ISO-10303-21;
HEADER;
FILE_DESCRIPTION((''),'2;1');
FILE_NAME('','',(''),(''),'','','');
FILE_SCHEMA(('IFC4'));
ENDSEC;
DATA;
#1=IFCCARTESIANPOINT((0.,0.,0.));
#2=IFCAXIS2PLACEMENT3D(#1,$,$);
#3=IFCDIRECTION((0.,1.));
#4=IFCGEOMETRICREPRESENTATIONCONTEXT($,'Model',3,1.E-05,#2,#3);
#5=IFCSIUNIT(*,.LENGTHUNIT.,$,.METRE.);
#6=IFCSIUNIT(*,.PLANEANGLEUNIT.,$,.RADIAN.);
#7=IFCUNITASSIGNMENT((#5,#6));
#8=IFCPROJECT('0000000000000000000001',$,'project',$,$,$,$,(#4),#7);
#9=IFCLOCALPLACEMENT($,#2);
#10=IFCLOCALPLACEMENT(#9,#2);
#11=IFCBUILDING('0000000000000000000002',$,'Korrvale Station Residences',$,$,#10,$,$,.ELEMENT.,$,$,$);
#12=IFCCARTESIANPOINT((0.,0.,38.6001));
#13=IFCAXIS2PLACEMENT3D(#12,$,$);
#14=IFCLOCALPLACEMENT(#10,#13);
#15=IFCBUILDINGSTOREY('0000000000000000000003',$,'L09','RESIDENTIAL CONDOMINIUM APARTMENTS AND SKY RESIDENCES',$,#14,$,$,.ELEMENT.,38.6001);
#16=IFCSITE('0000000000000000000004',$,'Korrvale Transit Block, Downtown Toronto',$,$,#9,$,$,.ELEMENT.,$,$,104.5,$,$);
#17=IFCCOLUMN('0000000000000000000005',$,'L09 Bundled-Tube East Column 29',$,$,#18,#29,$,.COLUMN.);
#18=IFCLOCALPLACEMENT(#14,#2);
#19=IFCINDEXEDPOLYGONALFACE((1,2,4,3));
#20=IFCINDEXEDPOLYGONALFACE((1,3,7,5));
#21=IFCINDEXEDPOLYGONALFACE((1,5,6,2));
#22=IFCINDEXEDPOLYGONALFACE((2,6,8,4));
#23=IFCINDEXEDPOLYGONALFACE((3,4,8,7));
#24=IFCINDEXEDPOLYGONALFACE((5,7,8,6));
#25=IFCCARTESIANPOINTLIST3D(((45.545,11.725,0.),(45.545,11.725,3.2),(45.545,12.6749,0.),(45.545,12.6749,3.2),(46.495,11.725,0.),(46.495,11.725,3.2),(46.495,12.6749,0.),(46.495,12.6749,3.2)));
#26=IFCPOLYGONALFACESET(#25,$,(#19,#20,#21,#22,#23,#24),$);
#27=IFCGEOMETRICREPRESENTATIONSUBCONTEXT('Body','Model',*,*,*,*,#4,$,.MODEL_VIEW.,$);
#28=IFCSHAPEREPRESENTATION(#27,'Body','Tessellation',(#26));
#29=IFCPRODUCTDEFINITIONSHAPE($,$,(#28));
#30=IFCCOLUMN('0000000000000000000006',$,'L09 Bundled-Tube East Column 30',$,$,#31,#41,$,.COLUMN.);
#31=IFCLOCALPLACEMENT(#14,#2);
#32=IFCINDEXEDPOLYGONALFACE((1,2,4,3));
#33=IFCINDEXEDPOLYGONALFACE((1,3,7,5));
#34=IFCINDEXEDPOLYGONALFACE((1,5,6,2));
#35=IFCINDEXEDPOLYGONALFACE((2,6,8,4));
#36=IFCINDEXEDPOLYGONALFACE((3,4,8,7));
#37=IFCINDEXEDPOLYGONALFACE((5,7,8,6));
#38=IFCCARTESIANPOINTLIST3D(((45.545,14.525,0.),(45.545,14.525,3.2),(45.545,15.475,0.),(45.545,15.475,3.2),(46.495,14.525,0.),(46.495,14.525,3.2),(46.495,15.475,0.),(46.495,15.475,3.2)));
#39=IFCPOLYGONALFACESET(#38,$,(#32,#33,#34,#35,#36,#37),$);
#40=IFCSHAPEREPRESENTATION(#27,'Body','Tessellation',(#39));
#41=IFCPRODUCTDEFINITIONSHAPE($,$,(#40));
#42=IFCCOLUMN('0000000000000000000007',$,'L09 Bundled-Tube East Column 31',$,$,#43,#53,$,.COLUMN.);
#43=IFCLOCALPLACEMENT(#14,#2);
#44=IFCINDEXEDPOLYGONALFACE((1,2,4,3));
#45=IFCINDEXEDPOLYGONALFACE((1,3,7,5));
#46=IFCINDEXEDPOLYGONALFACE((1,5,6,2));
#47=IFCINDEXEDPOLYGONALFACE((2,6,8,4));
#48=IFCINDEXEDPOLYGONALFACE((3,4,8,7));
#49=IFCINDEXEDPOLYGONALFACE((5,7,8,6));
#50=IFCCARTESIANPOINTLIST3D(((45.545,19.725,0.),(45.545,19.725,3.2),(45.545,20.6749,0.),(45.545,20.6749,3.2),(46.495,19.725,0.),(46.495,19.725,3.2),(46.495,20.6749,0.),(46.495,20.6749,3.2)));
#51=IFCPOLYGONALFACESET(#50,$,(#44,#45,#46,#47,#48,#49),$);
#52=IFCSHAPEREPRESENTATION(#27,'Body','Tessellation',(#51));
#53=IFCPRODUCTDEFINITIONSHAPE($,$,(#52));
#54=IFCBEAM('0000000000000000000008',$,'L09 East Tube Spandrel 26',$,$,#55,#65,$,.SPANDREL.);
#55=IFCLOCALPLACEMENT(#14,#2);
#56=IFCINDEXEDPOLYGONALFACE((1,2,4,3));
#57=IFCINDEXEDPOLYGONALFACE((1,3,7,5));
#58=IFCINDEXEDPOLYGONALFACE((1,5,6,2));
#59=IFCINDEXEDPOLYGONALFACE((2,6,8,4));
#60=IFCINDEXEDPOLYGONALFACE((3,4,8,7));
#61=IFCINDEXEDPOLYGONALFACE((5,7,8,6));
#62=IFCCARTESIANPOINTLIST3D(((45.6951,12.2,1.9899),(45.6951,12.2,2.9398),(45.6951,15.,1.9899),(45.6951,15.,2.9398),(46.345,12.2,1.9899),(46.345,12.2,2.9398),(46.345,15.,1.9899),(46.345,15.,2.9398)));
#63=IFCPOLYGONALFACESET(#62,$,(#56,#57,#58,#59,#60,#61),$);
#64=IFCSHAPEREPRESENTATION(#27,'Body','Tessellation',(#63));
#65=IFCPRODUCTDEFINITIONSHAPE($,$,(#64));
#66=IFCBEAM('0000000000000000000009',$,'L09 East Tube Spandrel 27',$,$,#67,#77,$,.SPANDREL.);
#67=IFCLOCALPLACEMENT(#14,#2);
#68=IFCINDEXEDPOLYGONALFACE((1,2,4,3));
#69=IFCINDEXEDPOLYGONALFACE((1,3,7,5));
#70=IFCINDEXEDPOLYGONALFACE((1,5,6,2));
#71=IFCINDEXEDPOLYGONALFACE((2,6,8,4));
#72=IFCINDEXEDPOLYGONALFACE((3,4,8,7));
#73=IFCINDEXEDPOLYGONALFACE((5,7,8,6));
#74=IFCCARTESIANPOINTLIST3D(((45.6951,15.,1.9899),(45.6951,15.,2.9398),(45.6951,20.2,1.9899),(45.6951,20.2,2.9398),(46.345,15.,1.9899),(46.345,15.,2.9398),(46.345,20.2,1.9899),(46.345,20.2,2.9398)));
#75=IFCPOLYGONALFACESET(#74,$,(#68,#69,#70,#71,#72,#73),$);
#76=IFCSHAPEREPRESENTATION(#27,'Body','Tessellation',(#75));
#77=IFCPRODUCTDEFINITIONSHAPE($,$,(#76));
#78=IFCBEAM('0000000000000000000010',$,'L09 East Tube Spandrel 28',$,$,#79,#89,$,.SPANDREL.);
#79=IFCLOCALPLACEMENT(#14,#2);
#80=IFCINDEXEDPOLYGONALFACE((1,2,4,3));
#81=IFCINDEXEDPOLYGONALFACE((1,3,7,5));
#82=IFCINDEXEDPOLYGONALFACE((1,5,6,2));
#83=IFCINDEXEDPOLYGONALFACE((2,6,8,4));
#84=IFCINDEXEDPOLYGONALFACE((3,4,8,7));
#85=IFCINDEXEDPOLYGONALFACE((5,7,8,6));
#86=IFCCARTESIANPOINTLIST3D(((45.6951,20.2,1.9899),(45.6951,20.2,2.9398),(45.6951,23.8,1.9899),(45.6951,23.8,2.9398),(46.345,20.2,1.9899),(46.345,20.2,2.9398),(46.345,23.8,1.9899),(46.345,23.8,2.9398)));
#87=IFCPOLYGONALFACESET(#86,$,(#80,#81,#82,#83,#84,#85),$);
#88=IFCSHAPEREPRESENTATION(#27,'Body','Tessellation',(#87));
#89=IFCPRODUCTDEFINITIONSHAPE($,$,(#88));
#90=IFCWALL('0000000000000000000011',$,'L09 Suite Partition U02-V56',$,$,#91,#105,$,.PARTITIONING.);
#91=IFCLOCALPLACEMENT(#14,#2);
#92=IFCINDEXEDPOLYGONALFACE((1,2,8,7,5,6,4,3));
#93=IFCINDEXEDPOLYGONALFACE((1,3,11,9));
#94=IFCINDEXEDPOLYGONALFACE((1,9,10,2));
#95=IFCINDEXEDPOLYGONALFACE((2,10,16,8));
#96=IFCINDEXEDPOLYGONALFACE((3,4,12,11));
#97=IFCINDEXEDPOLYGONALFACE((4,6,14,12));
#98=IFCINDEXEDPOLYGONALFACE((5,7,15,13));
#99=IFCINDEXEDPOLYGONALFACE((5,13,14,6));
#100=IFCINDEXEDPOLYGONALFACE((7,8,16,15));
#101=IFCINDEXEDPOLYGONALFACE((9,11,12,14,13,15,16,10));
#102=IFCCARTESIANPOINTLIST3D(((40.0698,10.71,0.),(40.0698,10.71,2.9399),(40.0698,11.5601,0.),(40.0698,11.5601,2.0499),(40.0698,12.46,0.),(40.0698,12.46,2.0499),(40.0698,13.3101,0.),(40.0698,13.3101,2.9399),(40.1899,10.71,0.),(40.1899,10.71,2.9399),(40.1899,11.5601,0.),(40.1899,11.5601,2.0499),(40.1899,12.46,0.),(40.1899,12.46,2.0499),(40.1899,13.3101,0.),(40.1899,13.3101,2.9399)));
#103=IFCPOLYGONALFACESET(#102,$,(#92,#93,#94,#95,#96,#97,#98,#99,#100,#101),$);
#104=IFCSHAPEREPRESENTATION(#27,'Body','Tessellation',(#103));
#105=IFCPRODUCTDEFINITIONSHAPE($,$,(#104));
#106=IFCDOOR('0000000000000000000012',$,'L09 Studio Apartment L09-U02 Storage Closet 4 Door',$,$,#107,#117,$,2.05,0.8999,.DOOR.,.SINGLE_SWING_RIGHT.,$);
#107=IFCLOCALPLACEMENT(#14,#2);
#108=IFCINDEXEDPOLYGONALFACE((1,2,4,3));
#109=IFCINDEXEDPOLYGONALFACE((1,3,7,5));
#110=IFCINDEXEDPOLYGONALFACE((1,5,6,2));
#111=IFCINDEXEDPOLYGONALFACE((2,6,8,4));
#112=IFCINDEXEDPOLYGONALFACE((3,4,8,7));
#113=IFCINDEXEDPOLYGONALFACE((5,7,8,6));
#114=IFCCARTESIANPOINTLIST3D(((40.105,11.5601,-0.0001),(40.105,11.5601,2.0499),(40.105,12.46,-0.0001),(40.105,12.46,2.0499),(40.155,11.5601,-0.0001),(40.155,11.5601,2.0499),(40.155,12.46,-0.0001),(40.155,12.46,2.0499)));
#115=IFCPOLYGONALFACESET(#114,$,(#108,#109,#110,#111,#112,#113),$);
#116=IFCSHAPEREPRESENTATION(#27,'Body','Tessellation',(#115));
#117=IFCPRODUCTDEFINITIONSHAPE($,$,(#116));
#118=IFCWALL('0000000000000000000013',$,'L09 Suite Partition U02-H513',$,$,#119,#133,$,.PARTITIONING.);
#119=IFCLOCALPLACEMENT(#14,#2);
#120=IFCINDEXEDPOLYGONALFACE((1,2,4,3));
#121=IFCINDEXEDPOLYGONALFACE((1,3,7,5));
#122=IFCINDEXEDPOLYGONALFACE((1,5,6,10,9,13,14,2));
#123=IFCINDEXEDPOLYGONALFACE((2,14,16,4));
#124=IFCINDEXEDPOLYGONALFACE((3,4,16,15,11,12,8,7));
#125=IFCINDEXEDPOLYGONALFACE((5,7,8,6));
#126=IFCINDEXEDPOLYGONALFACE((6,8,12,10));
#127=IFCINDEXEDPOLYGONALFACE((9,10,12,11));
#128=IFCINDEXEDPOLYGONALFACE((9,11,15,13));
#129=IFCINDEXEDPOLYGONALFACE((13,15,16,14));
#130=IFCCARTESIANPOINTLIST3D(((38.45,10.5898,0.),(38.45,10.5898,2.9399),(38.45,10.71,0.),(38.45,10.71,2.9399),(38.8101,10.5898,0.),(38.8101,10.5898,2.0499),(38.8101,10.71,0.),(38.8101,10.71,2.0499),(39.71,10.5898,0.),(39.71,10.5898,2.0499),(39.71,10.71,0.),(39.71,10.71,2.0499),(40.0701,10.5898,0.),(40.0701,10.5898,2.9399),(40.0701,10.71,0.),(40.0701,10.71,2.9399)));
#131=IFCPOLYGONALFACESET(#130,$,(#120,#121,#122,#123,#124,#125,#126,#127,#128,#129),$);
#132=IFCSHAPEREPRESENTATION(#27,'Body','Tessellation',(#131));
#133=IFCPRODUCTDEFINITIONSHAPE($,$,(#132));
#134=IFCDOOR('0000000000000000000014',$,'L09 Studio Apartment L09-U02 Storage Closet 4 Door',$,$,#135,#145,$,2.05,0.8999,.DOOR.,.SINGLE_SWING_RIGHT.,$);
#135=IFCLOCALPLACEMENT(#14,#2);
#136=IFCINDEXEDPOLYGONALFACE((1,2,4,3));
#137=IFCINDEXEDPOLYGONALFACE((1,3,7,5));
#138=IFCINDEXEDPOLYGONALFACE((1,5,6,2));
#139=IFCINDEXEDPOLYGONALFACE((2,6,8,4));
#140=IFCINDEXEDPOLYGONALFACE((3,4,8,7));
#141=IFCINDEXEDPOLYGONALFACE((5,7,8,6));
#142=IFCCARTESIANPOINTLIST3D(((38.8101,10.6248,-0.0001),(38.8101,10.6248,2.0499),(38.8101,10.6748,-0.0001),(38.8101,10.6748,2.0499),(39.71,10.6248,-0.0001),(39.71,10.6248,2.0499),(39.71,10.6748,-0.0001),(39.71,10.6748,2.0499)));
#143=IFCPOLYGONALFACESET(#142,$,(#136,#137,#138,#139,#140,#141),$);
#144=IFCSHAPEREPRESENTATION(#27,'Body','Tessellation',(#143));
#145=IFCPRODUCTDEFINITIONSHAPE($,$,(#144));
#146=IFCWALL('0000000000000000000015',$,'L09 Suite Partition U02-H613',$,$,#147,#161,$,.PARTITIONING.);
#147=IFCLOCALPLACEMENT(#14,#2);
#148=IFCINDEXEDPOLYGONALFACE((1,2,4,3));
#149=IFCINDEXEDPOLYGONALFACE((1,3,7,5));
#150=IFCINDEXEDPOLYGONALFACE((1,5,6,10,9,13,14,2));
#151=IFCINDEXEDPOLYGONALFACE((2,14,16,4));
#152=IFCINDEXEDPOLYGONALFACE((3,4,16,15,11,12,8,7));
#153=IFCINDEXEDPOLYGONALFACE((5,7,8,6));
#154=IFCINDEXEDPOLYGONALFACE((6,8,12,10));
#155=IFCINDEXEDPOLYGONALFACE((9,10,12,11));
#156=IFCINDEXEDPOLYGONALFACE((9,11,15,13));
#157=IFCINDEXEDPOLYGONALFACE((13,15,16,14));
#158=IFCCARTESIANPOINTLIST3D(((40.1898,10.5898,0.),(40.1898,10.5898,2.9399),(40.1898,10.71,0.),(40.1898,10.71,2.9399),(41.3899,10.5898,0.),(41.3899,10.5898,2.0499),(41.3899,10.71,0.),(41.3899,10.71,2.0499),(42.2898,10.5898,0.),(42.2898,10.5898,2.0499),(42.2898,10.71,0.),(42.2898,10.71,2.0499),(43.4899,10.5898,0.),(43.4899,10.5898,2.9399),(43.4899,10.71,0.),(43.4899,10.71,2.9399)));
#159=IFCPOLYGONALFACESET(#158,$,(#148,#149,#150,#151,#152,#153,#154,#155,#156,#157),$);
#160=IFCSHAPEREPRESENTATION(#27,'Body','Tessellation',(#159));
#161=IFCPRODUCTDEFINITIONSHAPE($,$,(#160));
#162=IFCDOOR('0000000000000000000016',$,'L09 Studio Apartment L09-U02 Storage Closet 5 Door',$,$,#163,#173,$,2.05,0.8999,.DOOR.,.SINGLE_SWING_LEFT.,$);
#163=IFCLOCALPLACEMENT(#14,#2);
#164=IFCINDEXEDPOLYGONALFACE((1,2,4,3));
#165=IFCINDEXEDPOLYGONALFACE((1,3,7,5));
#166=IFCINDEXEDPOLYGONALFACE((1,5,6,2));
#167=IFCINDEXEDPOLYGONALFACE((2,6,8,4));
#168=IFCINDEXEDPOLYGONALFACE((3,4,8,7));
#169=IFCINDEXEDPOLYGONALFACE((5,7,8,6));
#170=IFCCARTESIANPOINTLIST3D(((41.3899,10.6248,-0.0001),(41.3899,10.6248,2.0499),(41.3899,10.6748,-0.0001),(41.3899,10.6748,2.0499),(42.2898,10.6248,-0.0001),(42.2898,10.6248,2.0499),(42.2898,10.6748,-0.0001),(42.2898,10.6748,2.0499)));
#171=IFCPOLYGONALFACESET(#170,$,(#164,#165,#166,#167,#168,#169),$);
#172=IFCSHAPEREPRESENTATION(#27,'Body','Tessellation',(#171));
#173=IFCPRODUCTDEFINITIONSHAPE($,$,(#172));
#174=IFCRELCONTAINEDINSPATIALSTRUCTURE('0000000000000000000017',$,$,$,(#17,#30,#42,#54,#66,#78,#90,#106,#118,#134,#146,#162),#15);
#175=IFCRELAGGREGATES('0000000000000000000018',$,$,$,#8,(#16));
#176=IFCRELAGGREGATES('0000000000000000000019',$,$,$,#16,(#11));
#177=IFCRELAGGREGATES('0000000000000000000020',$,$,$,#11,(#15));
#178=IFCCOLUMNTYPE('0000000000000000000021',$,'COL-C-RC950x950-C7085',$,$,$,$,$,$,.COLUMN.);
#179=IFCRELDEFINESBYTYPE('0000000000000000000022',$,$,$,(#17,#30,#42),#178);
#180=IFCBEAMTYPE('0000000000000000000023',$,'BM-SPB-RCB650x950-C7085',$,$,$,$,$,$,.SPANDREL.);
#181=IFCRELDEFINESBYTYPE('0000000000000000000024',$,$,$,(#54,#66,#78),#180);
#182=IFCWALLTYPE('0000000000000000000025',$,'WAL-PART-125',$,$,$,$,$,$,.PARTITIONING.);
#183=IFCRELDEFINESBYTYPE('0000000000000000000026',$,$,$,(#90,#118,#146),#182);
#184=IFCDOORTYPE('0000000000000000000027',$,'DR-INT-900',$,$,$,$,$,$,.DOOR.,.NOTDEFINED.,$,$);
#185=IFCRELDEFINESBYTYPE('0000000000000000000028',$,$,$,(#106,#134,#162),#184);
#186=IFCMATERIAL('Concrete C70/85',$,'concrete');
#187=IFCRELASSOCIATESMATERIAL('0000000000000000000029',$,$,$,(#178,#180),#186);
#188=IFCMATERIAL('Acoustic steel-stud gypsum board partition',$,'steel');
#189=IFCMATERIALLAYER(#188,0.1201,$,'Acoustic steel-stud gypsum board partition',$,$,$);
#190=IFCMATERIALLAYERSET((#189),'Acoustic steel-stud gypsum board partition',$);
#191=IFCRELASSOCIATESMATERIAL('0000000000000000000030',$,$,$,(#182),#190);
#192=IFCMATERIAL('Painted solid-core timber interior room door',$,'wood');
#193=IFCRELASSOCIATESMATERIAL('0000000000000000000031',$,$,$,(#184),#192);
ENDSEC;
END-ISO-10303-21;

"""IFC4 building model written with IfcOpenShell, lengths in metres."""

from ifc_helpers import new_model, si_unit, direction, frame, frame_2d, origin, origin_2d, place, context, subcontext, project, spatial, rectangle, extrude, material, layer, layer_set, material_profile, profile_set, type_object, element, fill, save


model = new_model("IFC4")

# Units and contexts
model_context = context("Model", 3, precision=1e-05, world=origin(), true_north=direction((0.0, 1.0)))
body_context = subcontext(model_context, "Body", "Model", "MODEL_VIEW")
ifc_project = project(units=[si_unit("LENGTHUNIT", "METRE"), si_unit("PLANEANGLEUNIT", "RADIAN")], contexts=[model_context])

# Site, building, storey
site_placement = place(None, origin())
site = spatial("IfcSite", under=ifc_project, at=site_placement, Name="Korrvale Transit Block, Downtown Toronto", CompositionType="ELEMENT", RefElevation=104.5)
building_placement = place(site_placement, origin())
building = spatial("IfcBuilding", under=site, at=building_placement, Name="Korrvale Station Residences", CompositionType="ELEMENT")
storey_placement = place(building_placement, frame((0.0, 0.0, 38.6001)))
storey = spatial("IfcBuildingStorey", under=building, at=storey_placement, Name="L09", Description="RESIDENTIAL CONDOMINIUM APARTMENTS AND SKY RESIDENCES", CompositionType="ELEMENT", Elevation=38.6001)

# Columns
ifc_material_1 = material(Name="Concrete C70/85", Category="concrete")
ifc_material_profile_1 = material_profile(ifc_material_1, rectangle(XDim=0.95, YDim=0.95, at=origin_2d()), Name="RC950x950")
ifc_profile_set_1 = profile_set([ifc_material_profile_1], Name="Concrete C70/85")
column_type = type_object("IfcColumnType", Name="COL-C-RC950x950-C7085", PredefinedType="COLUMN", material=ifc_profile_set_1)
for number, where, z_axis, x_axis, name in (
    (1, (46.02, 12.2, 0.0), (0.0, 0.0, 1.0), (1.0, 0.0, 0.0), "L09 Bundled-Tube East Column 29"),
    (2, (46.02, 15.0, 0.0), (0.0, 0.0, 1.0), (1.0, 0.0, 0.0), "L09 Bundled-Tube East Column 30"),
    (3, (46.02, 20.2, 0.0), (0.0, 0.0, 1.0), (1.0, 0.0, 0.0), "L09 Bundled-Tube East Column 31"),
):
    element("IfcColumn", number, at=place(storey_placement, frame(where, z_axis=z_axis, x_axis=x_axis)), inside=storey, type_object=column_type, Name=name, PredefinedType="COLUMN", context=body_context, shape_type="SweptSolid", body=[
        extrude(rectangle(XDim=0.95, YDim=0.95, at=origin_2d()), origin(), (0.0, 0.0, 1.0), 3.2),
    ])

# Beams
ifc_material_profile_2 = material_profile(ifc_material_1, rectangle(XDim=0.6499, YDim=0.95, at=origin_2d()), Name="RCB650x950")
ifc_profile_set_2 = profile_set([ifc_material_profile_2], Name="Concrete C70/85")
beam_type = type_object("IfcBeamType", Name="BM-SPB-RCB650x950-C7085", PredefinedType="SPANDREL", material=ifc_profile_set_2)
beam_1_placement = place(storey_placement, frame((46.02, 12.2, 2.4648), z_axis=(0.0, 1.0, 0.0), x_axis=(-1.0, 0.0, 0.0)))
element("IfcBeam", 4, at=beam_1_placement, inside=storey, type_object=beam_type, Name="L09 East Tube Spandrel 26", PredefinedType="SPANDREL", context=body_context, shape_type="SweptSolid", body=[
    extrude(rectangle(XDim=0.6499, YDim=0.95, at=origin_2d()), origin(), (0.0, 0.0, 1.0), 2.8),
])
beam_2_placement = place(storey_placement, frame((46.02, 15.0, 2.4648), z_axis=(0.0, 1.0, 0.0), x_axis=(-1.0, 0.0, 0.0)))
element("IfcBeam", 5, at=beam_2_placement, inside=storey, type_object=beam_type, Name="L09 East Tube Spandrel 27", PredefinedType="SPANDREL", context=body_context, shape_type="SweptSolid", body=[
    extrude(rectangle(XDim=0.6499, YDim=0.95, at=origin_2d()), origin(), (0.0, 0.0, 1.0), 5.2),
])
beam_3_placement = place(storey_placement, frame((46.02, 20.2, 2.4648), z_axis=(0.0, 1.0, 0.0), x_axis=(-1.0, 0.0, 0.0)))
element("IfcBeam", 6, at=beam_3_placement, inside=storey, type_object=beam_type, Name="L09 East Tube Spandrel 28", PredefinedType="SPANDREL", context=body_context, shape_type="SweptSolid", body=[
    extrude(rectangle(XDim=0.6499, YDim=0.95, at=origin_2d()), origin(), (0.0, 0.0, 1.0), 3.6001),
])

# Walls, openings, doors
ifc_material_2 = material(Name="Acoustic steel-stud gypsum board partition", Category="steel")
ifc_layer_1 = layer(ifc_material_2, 0.1201, Name="Acoustic steel-stud gypsum board partition")
ifc_layer_set_1 = layer_set([ifc_layer_1], Name="Acoustic steel-stud gypsum board partition")
wall_type_1 = type_object("IfcWallType", Name="WAL-PART-125", PredefinedType="PARTITIONING", material=ifc_layer_set_1)
wall_1_placement = place(storey_placement, frame((40.1299, 10.71, 0.0), z_axis=(0.0, 0.0, 1.0), x_axis=(0.0, 1.0, 0.0)))
wall_1 = element("IfcWall", 7, at=wall_1_placement, inside=storey, type_object=wall_type_1, Name="L09 Suite Partition U02-V56", PredefinedType="PARTITIONING", context=body_context, shape_type="SweptSolid", body=[
    extrude(rectangle(XDim=2.6001, YDim=0.1201, at=frame_2d((1.3, 0.0))), origin(), (0.0, 0.0, 1.0), 2.9399),
])
opening_1_placement = place(wall_1_placement, frame((0.8501, 0.0, 0.0)))
opening_1 = element("IfcOpeningElement", 8, at=opening_1_placement, cuts=wall_1, PredefinedType="OPENING", context=body_context, shape_type="SweptSolid", body=[
    extrude(rectangle(XDim=0.8999, YDim=2.05, at=frame_2d((0.45, 1.0249))), frame((0.0, 0.0701, 0.0), z_axis=(0.0, -1.0, 0.0), x_axis=(1.0, 0.0, 0.0)), (0.0, 0.0, 1.0), 0.1401),
])
ifc_material_3 = material(Name="Painted solid-core timber interior room door", Category="wood")
door_type = type_object("IfcDoorType", Name="DR-INT-900", OperationType="NOTDEFINED", PredefinedType="DOOR", material=ifc_material_3)
door_1_placement = place(opening_1_placement, origin())
door_1 = element("IfcDoor", 9, at=door_1_placement, inside=storey, type_object=door_type, Name="L09 Studio Apartment L09-U02 Storage Closet 4 Door", OperationType="SINGLE_SWING_RIGHT", OverallHeight=2.05, OverallWidth=0.8999, PredefinedType="DOOR", context=body_context, shape_type="SweptSolid", body=[
    extrude(rectangle(XDim=0.8999, YDim=2.05, at=frame_2d((0.45, 1.0249))), frame((0.0, 0.0249, 0.0), z_axis=(0.0, -1.0, 0.0), x_axis=(1.0, 0.0, 0.0)), (0.0, 0.0, 1.0), 0.05),
])
fill(opening_1, door_1)
wall_2_placement = place(storey_placement, frame((38.45, 10.6499, 0.0), z_axis=(0.0, 0.0, 1.0), x_axis=(1.0, 0.0, 0.0)))
wall_2 = element("IfcWall", 10, at=wall_2_placement, inside=storey, type_object=wall_type_1, Name="L09 Suite Partition U02-H513", PredefinedType="PARTITIONING", context=body_context, shape_type="SweptSolid", body=[
    extrude(rectangle(XDim=1.6201, YDim=0.1201, at=frame_2d((0.8101, 0.0))), origin(), (0.0, 0.0, 1.0), 2.9399),
])
opening_2_placement = place(wall_2_placement, frame((0.3601, 0.0, 0.0)))
opening_2 = element("IfcOpeningElement", 11, at=opening_2_placement, cuts=wall_2, PredefinedType="OPENING", context=body_context, shape_type="SweptSolid", body=[
    extrude(rectangle(XDim=0.8999, YDim=2.05, at=frame_2d((0.45, 1.0249))), frame((0.0, 0.0701, 0.0), z_axis=(0.0, -1.0, 0.0), x_axis=(1.0, 0.0, 0.0)), (0.0, 0.0, 1.0), 0.1401),
])
door_2_placement = place(opening_2_placement, origin())
door_2 = element("IfcDoor", 12, at=door_2_placement, inside=storey, type_object=door_type, Name="L09 Studio Apartment L09-U02 Storage Closet 4 Door", OperationType="SINGLE_SWING_RIGHT", OverallHeight=2.05, OverallWidth=0.8999, PredefinedType="DOOR", context=body_context, shape_type="SweptSolid", body=[
    extrude(rectangle(XDim=0.8999, YDim=2.05, at=frame_2d((0.45, 1.0249))), frame((0.0, 0.0249, 0.0), z_axis=(0.0, -1.0, 0.0), x_axis=(1.0, 0.0, 0.0)), (0.0, 0.0, 1.0), 0.05),
])
fill(opening_2, door_2)
wall_3_placement = place(storey_placement, frame((40.1899, 10.6499, 0.0), z_axis=(0.0, 0.0, 1.0), x_axis=(1.0, 0.0, 0.0)))
wall_3 = element("IfcWall", 13, at=wall_3_placement, inside=storey, type_object=wall_type_1, Name="L09 Suite Partition U02-H613", PredefinedType="PARTITIONING", context=body_context, shape_type="SweptSolid", body=[
    extrude(rectangle(XDim=3.3, YDim=0.1201, at=frame_2d((1.6499, 0.0))), origin(), (0.0, 0.0, 1.0), 2.9399),
])
opening_3_placement = place(wall_3_placement, frame((1.2, 0.0, 0.0)))
opening_3 = element("IfcOpeningElement", 14, at=opening_3_placement, cuts=wall_3, PredefinedType="OPENING", context=body_context, shape_type="SweptSolid", body=[
    extrude(rectangle(XDim=0.8999, YDim=2.05, at=frame_2d((0.45, 1.0249))), frame((0.0, 0.0701, 0.0), z_axis=(0.0, -1.0, 0.0), x_axis=(1.0, 0.0, 0.0)), (0.0, 0.0, 1.0), 0.1401),
])
door_3_placement = place(opening_3_placement, origin())
door_3 = element("IfcDoor", 15, at=door_3_placement, inside=storey, type_object=door_type, Name="L09 Studio Apartment L09-U02 Storage Closet 5 Door", OperationType="SINGLE_SWING_LEFT", OverallHeight=2.05, OverallWidth=0.8999, PredefinedType="DOOR", context=body_context, shape_type="SweptSolid", body=[
    extrude(rectangle(XDim=0.8999, YDim=2.05, at=frame_2d((0.45, 1.0249))), frame((0.0, 0.0249, 0.0), z_axis=(0.0, -1.0, 0.0), x_axis=(1.0, 0.0, 0.0)), (0.0, 0.0, 1.0), 0.05),
])
fill(opening_3, door_3)

save(model, "model.ifc")
